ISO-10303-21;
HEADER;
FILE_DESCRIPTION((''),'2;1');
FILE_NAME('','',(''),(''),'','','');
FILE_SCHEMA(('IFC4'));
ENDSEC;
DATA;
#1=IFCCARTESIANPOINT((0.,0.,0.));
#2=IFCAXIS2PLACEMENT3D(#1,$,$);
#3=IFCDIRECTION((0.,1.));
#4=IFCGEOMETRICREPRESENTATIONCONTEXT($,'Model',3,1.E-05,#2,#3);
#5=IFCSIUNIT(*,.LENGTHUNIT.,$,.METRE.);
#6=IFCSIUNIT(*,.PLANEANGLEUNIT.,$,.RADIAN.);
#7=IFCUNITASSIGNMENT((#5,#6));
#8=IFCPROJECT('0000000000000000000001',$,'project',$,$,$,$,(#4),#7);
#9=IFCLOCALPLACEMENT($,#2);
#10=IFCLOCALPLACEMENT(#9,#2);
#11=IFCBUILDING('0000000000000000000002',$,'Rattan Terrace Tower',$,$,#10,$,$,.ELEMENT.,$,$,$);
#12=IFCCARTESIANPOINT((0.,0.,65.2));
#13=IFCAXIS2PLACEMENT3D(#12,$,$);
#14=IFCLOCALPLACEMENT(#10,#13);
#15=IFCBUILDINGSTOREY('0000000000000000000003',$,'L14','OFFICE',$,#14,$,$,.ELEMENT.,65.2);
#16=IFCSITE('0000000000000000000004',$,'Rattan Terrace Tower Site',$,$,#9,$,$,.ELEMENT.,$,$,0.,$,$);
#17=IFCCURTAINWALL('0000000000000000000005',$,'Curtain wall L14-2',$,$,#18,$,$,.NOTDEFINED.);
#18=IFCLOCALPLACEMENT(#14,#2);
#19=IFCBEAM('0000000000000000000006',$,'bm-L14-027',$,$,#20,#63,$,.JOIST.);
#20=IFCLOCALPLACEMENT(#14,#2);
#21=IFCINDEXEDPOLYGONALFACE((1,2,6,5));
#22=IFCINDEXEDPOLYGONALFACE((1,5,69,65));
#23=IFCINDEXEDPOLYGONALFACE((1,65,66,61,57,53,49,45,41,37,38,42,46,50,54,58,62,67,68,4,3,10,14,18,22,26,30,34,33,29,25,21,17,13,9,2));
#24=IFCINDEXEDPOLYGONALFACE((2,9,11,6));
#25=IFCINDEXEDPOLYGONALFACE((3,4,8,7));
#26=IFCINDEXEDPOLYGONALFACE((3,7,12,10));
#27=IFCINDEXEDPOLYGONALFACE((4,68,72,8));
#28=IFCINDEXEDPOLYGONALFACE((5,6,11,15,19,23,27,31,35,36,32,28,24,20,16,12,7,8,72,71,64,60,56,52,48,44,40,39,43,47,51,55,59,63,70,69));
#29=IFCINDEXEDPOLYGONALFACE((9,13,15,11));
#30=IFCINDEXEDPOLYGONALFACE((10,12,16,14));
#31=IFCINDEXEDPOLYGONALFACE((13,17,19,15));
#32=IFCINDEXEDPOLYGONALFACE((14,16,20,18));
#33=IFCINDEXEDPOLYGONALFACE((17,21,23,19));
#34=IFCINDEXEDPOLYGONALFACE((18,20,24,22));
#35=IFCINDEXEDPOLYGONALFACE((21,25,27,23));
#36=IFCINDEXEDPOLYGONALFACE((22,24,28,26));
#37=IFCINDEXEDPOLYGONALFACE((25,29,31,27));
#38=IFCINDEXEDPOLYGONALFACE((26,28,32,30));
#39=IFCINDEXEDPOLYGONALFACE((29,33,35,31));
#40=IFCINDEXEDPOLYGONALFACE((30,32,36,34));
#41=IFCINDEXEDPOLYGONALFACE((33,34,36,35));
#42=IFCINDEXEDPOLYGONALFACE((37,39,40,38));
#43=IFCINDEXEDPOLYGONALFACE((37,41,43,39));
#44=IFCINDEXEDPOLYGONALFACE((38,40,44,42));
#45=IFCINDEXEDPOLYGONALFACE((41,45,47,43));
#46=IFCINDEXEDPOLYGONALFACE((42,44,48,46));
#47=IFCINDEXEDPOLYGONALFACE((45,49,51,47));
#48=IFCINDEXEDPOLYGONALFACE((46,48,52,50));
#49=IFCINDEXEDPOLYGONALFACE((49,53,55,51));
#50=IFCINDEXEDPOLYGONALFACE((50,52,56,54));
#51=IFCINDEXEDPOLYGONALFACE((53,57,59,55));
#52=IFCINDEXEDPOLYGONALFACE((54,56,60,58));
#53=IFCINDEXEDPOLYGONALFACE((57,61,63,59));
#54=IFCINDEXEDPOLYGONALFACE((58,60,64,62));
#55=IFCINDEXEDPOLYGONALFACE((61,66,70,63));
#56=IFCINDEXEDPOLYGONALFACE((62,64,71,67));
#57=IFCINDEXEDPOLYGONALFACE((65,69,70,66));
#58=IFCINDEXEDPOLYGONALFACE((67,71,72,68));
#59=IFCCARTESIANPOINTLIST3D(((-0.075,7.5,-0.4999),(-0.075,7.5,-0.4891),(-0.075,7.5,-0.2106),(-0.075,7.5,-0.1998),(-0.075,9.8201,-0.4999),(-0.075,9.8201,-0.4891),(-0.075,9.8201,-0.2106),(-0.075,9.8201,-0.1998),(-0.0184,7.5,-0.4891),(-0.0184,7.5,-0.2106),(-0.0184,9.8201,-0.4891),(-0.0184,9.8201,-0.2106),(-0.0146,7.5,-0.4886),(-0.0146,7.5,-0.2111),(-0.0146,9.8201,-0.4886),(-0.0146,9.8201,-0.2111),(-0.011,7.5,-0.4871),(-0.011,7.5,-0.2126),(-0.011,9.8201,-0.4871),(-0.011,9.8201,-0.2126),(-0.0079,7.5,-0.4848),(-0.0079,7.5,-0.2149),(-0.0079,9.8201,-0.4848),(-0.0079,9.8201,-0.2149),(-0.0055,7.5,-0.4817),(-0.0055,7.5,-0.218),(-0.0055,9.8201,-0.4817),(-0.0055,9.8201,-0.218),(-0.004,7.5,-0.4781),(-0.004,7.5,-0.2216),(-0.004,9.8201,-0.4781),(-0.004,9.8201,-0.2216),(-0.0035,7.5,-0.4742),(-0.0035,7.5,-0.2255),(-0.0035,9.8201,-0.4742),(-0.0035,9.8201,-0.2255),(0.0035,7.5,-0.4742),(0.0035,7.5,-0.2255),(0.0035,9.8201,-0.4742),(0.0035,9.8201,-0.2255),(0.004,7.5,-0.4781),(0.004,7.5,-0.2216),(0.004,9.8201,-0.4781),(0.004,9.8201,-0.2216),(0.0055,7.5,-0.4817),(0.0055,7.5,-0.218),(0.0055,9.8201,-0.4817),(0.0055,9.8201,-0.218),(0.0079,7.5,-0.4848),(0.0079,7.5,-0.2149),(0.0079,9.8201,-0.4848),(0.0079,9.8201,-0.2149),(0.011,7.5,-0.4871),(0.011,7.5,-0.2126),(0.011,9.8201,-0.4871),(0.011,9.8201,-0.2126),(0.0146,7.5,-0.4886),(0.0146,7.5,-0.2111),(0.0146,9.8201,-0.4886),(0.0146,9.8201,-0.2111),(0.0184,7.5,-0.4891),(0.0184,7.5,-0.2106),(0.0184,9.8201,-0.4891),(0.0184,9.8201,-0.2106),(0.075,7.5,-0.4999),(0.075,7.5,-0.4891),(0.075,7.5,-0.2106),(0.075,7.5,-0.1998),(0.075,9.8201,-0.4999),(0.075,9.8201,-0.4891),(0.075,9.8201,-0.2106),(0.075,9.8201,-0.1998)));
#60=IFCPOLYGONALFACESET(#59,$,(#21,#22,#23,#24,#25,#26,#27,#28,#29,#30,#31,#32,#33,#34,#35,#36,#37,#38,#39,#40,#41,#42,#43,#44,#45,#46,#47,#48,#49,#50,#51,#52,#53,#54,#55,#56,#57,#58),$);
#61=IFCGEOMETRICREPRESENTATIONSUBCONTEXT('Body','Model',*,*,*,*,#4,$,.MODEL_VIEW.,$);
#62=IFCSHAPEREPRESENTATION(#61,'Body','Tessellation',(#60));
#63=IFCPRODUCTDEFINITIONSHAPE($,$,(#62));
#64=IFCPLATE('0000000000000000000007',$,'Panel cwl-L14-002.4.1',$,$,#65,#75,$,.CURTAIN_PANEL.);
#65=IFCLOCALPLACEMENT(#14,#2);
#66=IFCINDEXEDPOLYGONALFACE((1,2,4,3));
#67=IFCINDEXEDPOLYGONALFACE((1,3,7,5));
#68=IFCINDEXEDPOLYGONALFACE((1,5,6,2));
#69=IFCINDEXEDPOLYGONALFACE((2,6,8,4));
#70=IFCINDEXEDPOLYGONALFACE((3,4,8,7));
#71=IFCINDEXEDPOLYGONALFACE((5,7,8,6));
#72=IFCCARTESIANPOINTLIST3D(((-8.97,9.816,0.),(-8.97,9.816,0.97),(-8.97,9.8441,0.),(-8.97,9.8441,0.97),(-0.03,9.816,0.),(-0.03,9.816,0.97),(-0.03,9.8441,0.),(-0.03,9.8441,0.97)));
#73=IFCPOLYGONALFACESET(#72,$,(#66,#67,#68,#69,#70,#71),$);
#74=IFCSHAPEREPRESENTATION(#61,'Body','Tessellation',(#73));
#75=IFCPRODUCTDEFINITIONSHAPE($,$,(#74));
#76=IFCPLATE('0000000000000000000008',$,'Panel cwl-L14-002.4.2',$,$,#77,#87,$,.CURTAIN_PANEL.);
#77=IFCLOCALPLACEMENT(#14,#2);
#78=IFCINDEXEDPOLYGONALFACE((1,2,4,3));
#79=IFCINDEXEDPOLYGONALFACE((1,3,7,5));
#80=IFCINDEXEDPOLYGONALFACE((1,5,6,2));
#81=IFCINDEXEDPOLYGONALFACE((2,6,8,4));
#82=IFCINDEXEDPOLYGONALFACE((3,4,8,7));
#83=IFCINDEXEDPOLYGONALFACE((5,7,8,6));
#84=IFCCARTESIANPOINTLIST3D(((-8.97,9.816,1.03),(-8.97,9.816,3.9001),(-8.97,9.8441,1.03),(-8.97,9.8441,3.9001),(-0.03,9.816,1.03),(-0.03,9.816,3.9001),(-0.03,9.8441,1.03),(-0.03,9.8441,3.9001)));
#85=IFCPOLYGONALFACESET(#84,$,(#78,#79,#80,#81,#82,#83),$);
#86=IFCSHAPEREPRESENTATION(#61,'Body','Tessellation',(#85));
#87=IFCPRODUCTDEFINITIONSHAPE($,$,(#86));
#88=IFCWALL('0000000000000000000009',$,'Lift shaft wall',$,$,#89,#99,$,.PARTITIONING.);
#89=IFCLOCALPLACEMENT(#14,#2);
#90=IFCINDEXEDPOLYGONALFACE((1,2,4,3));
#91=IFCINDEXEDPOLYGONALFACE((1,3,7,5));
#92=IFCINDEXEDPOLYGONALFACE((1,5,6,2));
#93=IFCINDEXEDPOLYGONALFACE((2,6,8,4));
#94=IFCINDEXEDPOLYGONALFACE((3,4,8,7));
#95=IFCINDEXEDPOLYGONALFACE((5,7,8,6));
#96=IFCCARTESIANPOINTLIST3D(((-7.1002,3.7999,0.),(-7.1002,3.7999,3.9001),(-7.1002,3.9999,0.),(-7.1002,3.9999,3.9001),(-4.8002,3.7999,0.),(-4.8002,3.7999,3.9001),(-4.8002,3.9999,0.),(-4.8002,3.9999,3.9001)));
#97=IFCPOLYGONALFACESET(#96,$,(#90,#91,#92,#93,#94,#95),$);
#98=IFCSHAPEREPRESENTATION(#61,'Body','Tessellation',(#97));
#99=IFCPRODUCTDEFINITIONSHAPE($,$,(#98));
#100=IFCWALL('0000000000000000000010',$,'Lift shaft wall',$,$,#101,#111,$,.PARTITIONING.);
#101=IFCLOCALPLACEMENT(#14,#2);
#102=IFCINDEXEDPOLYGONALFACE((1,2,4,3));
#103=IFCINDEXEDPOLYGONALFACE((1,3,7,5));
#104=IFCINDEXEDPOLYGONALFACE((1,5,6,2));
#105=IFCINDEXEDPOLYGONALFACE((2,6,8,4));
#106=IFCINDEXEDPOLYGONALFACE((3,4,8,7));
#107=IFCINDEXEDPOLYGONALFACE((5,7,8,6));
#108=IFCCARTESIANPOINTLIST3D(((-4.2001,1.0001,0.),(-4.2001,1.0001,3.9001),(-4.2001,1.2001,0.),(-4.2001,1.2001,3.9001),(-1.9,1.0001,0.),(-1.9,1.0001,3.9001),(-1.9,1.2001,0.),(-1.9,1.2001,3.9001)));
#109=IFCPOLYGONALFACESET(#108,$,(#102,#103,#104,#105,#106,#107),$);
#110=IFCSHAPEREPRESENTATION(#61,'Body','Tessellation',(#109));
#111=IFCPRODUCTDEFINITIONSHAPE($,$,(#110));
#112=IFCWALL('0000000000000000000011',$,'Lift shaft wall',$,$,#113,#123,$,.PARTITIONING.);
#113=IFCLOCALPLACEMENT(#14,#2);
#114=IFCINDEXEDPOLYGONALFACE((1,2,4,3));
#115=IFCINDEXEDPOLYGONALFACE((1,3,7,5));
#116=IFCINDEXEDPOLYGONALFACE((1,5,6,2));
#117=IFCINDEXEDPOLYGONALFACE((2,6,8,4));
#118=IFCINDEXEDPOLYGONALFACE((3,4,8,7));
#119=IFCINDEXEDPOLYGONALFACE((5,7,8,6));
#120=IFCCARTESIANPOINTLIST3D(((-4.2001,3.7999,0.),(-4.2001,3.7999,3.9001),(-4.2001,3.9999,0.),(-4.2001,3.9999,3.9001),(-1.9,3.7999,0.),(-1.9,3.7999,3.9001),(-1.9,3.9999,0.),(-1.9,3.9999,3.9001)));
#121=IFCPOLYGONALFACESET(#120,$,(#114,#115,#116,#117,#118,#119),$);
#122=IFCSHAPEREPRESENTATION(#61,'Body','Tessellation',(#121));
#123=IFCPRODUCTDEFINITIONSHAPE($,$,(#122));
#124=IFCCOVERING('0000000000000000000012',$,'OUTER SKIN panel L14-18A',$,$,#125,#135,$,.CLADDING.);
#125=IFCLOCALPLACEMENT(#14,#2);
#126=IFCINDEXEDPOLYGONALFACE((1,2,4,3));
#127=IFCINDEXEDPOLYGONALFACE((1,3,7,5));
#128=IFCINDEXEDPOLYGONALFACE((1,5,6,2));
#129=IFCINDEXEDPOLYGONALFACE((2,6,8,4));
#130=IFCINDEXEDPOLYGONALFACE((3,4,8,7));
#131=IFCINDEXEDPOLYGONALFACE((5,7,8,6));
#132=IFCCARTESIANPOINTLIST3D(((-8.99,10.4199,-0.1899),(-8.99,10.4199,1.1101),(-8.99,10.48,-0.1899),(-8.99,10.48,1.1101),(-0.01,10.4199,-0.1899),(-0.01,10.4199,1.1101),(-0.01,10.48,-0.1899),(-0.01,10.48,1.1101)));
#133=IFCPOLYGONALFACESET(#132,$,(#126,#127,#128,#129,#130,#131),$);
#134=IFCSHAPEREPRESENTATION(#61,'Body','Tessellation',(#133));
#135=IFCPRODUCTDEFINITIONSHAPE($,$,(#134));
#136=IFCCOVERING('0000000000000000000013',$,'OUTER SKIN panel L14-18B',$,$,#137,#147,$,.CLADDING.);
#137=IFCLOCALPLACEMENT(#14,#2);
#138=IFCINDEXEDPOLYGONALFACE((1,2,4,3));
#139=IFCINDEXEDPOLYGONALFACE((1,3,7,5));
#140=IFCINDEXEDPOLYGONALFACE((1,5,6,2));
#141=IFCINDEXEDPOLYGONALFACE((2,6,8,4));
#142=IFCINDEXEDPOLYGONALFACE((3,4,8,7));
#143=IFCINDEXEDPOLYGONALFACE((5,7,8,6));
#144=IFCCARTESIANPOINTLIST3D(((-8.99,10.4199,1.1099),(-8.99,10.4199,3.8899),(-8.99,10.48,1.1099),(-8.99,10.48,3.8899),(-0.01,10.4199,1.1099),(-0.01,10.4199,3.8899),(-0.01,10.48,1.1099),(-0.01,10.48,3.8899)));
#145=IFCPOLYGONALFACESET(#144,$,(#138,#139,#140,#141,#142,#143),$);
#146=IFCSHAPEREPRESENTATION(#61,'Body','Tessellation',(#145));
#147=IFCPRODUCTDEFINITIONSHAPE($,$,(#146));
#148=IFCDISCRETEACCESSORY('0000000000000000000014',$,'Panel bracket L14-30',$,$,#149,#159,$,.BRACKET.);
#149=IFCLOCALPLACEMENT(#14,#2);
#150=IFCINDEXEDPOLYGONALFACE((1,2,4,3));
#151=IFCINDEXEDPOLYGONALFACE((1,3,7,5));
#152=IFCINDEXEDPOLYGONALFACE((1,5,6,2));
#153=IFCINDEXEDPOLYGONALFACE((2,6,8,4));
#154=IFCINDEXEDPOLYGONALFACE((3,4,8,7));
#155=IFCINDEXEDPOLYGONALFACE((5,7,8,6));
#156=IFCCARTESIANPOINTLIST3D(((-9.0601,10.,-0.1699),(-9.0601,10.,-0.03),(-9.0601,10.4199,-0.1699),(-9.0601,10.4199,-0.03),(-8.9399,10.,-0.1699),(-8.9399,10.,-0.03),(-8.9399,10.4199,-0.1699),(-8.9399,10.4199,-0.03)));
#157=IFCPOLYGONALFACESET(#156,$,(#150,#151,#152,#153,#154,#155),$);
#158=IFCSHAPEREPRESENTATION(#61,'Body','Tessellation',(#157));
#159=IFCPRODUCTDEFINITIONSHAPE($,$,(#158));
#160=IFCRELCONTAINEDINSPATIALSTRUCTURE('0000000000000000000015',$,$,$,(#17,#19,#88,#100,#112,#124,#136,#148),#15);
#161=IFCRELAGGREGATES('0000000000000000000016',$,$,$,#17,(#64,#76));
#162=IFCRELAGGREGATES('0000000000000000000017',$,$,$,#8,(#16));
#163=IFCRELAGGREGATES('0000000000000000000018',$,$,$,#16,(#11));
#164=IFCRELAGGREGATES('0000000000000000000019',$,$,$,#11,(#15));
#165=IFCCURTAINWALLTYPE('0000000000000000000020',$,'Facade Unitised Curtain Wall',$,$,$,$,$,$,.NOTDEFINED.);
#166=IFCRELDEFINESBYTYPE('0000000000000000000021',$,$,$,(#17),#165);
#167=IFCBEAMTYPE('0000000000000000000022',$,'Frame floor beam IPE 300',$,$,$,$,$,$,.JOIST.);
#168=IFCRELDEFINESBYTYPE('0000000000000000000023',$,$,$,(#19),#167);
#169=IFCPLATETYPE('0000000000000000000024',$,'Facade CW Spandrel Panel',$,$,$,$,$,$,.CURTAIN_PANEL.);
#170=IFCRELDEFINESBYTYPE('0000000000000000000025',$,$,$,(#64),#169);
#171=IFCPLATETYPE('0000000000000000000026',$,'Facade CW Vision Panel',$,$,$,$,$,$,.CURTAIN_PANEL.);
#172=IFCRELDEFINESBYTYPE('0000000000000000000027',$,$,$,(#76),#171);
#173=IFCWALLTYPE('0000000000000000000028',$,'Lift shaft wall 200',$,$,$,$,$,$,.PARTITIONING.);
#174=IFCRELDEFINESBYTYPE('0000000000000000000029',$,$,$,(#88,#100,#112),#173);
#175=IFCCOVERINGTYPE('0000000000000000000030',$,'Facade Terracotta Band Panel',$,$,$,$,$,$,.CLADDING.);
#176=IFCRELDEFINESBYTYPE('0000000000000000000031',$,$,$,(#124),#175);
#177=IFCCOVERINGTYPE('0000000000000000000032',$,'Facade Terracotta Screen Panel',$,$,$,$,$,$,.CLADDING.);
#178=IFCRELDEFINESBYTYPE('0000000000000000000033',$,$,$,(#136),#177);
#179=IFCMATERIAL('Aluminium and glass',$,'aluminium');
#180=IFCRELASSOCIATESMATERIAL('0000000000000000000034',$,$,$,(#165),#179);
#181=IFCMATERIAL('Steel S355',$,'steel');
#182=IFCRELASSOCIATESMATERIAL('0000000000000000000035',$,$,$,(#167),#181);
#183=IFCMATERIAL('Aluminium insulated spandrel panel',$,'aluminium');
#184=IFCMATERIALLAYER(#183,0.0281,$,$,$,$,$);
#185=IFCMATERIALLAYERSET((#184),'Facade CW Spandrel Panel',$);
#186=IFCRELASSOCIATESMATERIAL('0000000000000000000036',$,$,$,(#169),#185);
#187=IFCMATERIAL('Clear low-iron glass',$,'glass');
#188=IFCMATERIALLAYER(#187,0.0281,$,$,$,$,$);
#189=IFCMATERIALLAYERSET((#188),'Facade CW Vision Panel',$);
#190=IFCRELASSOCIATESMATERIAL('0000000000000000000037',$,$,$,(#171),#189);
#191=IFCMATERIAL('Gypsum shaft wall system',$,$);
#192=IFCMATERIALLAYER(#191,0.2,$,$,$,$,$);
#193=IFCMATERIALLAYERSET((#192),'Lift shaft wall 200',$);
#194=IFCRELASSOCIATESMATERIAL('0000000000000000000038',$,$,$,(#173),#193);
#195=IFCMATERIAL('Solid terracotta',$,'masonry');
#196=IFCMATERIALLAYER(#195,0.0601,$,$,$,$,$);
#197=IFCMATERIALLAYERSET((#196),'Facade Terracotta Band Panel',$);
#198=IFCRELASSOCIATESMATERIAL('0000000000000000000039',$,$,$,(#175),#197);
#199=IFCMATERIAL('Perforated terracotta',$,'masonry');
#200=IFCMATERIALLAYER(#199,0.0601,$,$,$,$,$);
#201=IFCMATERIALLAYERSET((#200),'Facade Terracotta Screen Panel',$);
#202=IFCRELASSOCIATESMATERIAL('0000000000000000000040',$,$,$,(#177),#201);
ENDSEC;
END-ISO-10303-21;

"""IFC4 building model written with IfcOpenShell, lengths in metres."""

from ifc_helpers import new_model, si_unit, direction, frame, frame_2d, origin, origin_2d, place, context, subcontext, project, spatial, rectangle, i_section, extrude, material, layer, layer_set, material_profile, profile_set, type_object, element, aggregate, save


model = new_model("IFC4")

# Units and contexts
model_context = context("Model", 3, precision=1e-05, world=origin(), true_north=direction((0.0, 1.0)))
body_context = subcontext(model_context, "Body", "Model", "MODEL_VIEW")
ifc_project = project(units=[si_unit("LENGTHUNIT", "METRE"), si_unit("PLANEANGLEUNIT", "RADIAN")], contexts=[model_context])

# Site, building, storey
site_placement = place(None, origin())
site = spatial("IfcSite", under=ifc_project, at=site_placement, Name="Rattan Terrace Tower Site", CompositionType="ELEMENT", RefElevation=0.0)
building_placement = place(site_placement, origin())
building = spatial("IfcBuilding", under=site, at=building_placement, Name="Rattan Terrace Tower", CompositionType="ELEMENT")
storey_placement = place(building_placement, frame((0.0, 0.0, 65.2)))
storey = spatial("IfcBuildingStorey", under=building, at=storey_placement, Name="L14", Description="OFFICE", CompositionType="ELEMENT", Elevation=65.2)

# Curtain wall
ifc_material_1 = material(Name="Aluminium and glass", Category="aluminium")
curtain_wall_type = type_object("IfcCurtainWallType", Name="Facade Unitised Curtain Wall", PredefinedType="NOTDEFINED", material=ifc_material_1)
curtain_wall_placement = place(storey_placement, origin())
curtain_wall = element("IfcCurtainWall", 1, at=curtain_wall_placement, inside=storey, type_object=curtain_wall_type, Name="Curtain wall L14-2", PredefinedType="NOTDEFINED")

# Beam
ifc_material_2 = material(Name="Steel S355", Category="steel")
ifc_material_profile_1 = material_profile(ifc_material_2, i_section(OverallWidth=0.1499, OverallDepth=0.3, WebThickness=0.0071, FlangeThickness=0.0107, FilletRadius=0.0149, at=origin_2d()), Name="IPE 300")
ifc_profile_set_1 = profile_set([ifc_material_profile_1], Name="Steel S355")
beam_type_1 = type_object("IfcBeamType", Name="Frame floor beam IPE 300", PredefinedType="JOIST", material=ifc_profile_set_1)
for number, where, z_axis, x_axis, name in (
    (2, (0.0, 7.5, -0.3499), (0.0, 1.0, 0.0), (-1.0, 0.0, 0.0), "bm-L14-027"),
):
    element("IfcBeam", number, at=place(storey_placement, frame(where, z_axis=z_axis, x_axis=x_axis)), inside=storey, type_object=beam_type_1, Name=name, PredefinedType="JOIST", context=body_context, shape_type="SweptSolid", body=[
        extrude(i_section(OverallWidth=0.1499, OverallDepth=0.3, WebThickness=0.0071, FlangeThickness=0.0107, FilletRadius=0.0149, at=origin_2d()), origin(), (0.0, 0.0, 1.0), 2.3201),
    ])

# Plates
ifc_material_3 = material(Name="Aluminium insulated spandrel panel", Category="aluminium")
ifc_layer_1 = layer(ifc_material_3, 0.0281)
ifc_layer_set_1 = layer_set([ifc_layer_1], Name="Facade CW Spandrel Panel")
plate_type_1 = type_object("IfcPlateType", Name="Facade CW Spandrel Panel", PredefinedType="CURTAIN_PANEL", material=ifc_layer_set_1)
plate_1_placement = place(storey_placement, frame((-4.5, 9.8301, 0.0), z_axis=(0.0, 0.0, 1.0), x_axis=(-1.0, 0.0, 0.0)))
plate_1 = element("IfcPlate", 3, at=plate_1_placement, type_object=plate_type_1, Name="Panel cwl-L14-002.4.1", PredefinedType="CURTAIN_PANEL", context=body_context, shape_type="SweptSolid", body=[
    extrude(rectangle(XDim=8.9399, YDim=0.0281, at=origin_2d()), origin(), (0.0, 0.0, 1.0), 0.97),
])
ifc_material_4 = material(Name="Clear low-iron glass", Category="glass")
ifc_layer_2 = layer(ifc_material_4, 0.0281)
ifc_layer_set_2 = layer_set([ifc_layer_2], Name="Facade CW Vision Panel")
plate_type_2 = type_object("IfcPlateType", Name="Facade CW Vision Panel", PredefinedType="CURTAIN_PANEL", material=ifc_layer_set_2)
plate_2_placement = place(storey_placement, frame((-4.5, 9.8301, 1.03), z_axis=(0.0, 0.0, 1.0), x_axis=(-1.0, 0.0, 0.0)))
plate_2 = element("IfcPlate", 4, at=plate_2_placement, type_object=plate_type_2, Name="Panel cwl-L14-002.4.2", PredefinedType="CURTAIN_PANEL", context=body_context, shape_type="SweptSolid", body=[
    extrude(rectangle(XDim=8.9399, YDim=0.0281, at=origin_2d()), origin(), (0.0, 0.0, 1.0), 2.8701),
])
aggregate(curtain_wall, [plate_1, plate_2])

# Walls
ifc_material_5 = material(Name="Gypsum shaft wall system")
ifc_layer_3 = layer(ifc_material_5, 0.2)
ifc_layer_set_3 = layer_set([ifc_layer_3], Name="Lift shaft wall 200")
wall_type = type_object("IfcWallType", Name="Lift shaft wall 200", PredefinedType="PARTITIONING", material=ifc_layer_set_3)
for number, where, z_axis, x_axis, name in (
    (5, (-7.1001, 3.8999, 0.0), (0.0, 0.0, 1.0), (1.0, 0.0, 0.0), "Lift shaft wall"),
    (6, (-4.2, 1.1001, 0.0), (0.0, 0.0, 1.0), (1.0, 0.0, 0.0), "Lift shaft wall"),
    (7, (-4.2, 3.8999, 0.0), (0.0, 0.0, 1.0), (1.0, 0.0, 0.0), "Lift shaft wall"),
):
    element("IfcWall", number, at=place(storey_placement, frame(where, z_axis=z_axis, x_axis=x_axis)), inside=storey, type_object=wall_type, Name=name, PredefinedType="PARTITIONING", context=body_context, shape_type="SweptSolid", body=[
        extrude(rectangle(XDim=2.3, YDim=0.2, at=frame_2d((1.1499, 0.0))), origin(), (0.0, 0.0, 1.0), 3.9001),
    ])

# Coverings
ifc_material_6 = material(Name="Solid terracotta", Category="masonry")
ifc_layer_4 = layer(ifc_material_6, 0.0601)
ifc_layer_set_4 = layer_set([ifc_layer_4], Name="Facade Terracotta Band Panel")
covering_type_1 = type_object("IfcCoveringType", Name="Facade Terracotta Band Panel", PredefinedType="CLADDING", material=ifc_layer_set_4)
covering_1_placement = place(storey_placement, frame((-4.5, 10.45, -0.1899), z_axis=(0.0, 0.0, 1.0), x_axis=(-1.0, 0.0, 0.0)))
element("IfcCovering", 8, at=covering_1_placement, inside=storey, type_object=covering_type_1, Name="OUTER SKIN panel L14-18A", PredefinedType="CLADDING", context=body_context, shape_type="SweptSolid", body=[
    extrude(rectangle(XDim=8.98, YDim=0.0601, at=origin_2d()), origin(), (0.0, 0.0, 1.0), 1.3),
])
ifc_material_7 = material(Name="Perforated terracotta", Category="masonry")
ifc_layer_5 = layer(ifc_material_7, 0.0601)
ifc_layer_set_5 = layer_set([ifc_layer_5], Name="Facade Terracotta Screen Panel")
covering_type_2 = type_object("IfcCoveringType", Name="Facade Terracotta Screen Panel", PredefinedType="CLADDING", material=ifc_layer_set_5)
covering_2_placement = place(storey_placement, frame((-4.5, 10.45, 1.1099), z_axis=(0.0, 0.0, 1.0), x_axis=(-1.0, 0.0, 0.0)))
element("IfcCovering", 9, at=covering_2_placement, inside=storey, type_object=covering_type_2, Name="OUTER SKIN panel L14-18B", PredefinedType="CLADDING", context=body_context, shape_type="SweptSolid", body=[
    extrude(rectangle(XDim=8.98, YDim=0.0601, at=origin_2d()), origin(), (0.0, 0.0, 1.0), 2.78),
])

# Discrete accessory
discrete_accessory_placement = place(storey_placement, frame((-9.0, 10.21, -0.1699), z_axis=(0.0, 0.0, 1.0), x_axis=(-1.0, 0.0, 0.0)))
element("IfcDiscreteAccessory", 10, at=discrete_accessory_placement, inside=storey, Name="Panel bracket L14-30", PredefinedType="BRACKET", context=body_context, shape_type="SweptSolid", body=[
    extrude(rectangle(XDim=0.1201, YDim=0.4199, at=origin_2d()), origin(), (0.0, 0.0, 1.0), 0.1399),
])

save(model, "model.ifc")
